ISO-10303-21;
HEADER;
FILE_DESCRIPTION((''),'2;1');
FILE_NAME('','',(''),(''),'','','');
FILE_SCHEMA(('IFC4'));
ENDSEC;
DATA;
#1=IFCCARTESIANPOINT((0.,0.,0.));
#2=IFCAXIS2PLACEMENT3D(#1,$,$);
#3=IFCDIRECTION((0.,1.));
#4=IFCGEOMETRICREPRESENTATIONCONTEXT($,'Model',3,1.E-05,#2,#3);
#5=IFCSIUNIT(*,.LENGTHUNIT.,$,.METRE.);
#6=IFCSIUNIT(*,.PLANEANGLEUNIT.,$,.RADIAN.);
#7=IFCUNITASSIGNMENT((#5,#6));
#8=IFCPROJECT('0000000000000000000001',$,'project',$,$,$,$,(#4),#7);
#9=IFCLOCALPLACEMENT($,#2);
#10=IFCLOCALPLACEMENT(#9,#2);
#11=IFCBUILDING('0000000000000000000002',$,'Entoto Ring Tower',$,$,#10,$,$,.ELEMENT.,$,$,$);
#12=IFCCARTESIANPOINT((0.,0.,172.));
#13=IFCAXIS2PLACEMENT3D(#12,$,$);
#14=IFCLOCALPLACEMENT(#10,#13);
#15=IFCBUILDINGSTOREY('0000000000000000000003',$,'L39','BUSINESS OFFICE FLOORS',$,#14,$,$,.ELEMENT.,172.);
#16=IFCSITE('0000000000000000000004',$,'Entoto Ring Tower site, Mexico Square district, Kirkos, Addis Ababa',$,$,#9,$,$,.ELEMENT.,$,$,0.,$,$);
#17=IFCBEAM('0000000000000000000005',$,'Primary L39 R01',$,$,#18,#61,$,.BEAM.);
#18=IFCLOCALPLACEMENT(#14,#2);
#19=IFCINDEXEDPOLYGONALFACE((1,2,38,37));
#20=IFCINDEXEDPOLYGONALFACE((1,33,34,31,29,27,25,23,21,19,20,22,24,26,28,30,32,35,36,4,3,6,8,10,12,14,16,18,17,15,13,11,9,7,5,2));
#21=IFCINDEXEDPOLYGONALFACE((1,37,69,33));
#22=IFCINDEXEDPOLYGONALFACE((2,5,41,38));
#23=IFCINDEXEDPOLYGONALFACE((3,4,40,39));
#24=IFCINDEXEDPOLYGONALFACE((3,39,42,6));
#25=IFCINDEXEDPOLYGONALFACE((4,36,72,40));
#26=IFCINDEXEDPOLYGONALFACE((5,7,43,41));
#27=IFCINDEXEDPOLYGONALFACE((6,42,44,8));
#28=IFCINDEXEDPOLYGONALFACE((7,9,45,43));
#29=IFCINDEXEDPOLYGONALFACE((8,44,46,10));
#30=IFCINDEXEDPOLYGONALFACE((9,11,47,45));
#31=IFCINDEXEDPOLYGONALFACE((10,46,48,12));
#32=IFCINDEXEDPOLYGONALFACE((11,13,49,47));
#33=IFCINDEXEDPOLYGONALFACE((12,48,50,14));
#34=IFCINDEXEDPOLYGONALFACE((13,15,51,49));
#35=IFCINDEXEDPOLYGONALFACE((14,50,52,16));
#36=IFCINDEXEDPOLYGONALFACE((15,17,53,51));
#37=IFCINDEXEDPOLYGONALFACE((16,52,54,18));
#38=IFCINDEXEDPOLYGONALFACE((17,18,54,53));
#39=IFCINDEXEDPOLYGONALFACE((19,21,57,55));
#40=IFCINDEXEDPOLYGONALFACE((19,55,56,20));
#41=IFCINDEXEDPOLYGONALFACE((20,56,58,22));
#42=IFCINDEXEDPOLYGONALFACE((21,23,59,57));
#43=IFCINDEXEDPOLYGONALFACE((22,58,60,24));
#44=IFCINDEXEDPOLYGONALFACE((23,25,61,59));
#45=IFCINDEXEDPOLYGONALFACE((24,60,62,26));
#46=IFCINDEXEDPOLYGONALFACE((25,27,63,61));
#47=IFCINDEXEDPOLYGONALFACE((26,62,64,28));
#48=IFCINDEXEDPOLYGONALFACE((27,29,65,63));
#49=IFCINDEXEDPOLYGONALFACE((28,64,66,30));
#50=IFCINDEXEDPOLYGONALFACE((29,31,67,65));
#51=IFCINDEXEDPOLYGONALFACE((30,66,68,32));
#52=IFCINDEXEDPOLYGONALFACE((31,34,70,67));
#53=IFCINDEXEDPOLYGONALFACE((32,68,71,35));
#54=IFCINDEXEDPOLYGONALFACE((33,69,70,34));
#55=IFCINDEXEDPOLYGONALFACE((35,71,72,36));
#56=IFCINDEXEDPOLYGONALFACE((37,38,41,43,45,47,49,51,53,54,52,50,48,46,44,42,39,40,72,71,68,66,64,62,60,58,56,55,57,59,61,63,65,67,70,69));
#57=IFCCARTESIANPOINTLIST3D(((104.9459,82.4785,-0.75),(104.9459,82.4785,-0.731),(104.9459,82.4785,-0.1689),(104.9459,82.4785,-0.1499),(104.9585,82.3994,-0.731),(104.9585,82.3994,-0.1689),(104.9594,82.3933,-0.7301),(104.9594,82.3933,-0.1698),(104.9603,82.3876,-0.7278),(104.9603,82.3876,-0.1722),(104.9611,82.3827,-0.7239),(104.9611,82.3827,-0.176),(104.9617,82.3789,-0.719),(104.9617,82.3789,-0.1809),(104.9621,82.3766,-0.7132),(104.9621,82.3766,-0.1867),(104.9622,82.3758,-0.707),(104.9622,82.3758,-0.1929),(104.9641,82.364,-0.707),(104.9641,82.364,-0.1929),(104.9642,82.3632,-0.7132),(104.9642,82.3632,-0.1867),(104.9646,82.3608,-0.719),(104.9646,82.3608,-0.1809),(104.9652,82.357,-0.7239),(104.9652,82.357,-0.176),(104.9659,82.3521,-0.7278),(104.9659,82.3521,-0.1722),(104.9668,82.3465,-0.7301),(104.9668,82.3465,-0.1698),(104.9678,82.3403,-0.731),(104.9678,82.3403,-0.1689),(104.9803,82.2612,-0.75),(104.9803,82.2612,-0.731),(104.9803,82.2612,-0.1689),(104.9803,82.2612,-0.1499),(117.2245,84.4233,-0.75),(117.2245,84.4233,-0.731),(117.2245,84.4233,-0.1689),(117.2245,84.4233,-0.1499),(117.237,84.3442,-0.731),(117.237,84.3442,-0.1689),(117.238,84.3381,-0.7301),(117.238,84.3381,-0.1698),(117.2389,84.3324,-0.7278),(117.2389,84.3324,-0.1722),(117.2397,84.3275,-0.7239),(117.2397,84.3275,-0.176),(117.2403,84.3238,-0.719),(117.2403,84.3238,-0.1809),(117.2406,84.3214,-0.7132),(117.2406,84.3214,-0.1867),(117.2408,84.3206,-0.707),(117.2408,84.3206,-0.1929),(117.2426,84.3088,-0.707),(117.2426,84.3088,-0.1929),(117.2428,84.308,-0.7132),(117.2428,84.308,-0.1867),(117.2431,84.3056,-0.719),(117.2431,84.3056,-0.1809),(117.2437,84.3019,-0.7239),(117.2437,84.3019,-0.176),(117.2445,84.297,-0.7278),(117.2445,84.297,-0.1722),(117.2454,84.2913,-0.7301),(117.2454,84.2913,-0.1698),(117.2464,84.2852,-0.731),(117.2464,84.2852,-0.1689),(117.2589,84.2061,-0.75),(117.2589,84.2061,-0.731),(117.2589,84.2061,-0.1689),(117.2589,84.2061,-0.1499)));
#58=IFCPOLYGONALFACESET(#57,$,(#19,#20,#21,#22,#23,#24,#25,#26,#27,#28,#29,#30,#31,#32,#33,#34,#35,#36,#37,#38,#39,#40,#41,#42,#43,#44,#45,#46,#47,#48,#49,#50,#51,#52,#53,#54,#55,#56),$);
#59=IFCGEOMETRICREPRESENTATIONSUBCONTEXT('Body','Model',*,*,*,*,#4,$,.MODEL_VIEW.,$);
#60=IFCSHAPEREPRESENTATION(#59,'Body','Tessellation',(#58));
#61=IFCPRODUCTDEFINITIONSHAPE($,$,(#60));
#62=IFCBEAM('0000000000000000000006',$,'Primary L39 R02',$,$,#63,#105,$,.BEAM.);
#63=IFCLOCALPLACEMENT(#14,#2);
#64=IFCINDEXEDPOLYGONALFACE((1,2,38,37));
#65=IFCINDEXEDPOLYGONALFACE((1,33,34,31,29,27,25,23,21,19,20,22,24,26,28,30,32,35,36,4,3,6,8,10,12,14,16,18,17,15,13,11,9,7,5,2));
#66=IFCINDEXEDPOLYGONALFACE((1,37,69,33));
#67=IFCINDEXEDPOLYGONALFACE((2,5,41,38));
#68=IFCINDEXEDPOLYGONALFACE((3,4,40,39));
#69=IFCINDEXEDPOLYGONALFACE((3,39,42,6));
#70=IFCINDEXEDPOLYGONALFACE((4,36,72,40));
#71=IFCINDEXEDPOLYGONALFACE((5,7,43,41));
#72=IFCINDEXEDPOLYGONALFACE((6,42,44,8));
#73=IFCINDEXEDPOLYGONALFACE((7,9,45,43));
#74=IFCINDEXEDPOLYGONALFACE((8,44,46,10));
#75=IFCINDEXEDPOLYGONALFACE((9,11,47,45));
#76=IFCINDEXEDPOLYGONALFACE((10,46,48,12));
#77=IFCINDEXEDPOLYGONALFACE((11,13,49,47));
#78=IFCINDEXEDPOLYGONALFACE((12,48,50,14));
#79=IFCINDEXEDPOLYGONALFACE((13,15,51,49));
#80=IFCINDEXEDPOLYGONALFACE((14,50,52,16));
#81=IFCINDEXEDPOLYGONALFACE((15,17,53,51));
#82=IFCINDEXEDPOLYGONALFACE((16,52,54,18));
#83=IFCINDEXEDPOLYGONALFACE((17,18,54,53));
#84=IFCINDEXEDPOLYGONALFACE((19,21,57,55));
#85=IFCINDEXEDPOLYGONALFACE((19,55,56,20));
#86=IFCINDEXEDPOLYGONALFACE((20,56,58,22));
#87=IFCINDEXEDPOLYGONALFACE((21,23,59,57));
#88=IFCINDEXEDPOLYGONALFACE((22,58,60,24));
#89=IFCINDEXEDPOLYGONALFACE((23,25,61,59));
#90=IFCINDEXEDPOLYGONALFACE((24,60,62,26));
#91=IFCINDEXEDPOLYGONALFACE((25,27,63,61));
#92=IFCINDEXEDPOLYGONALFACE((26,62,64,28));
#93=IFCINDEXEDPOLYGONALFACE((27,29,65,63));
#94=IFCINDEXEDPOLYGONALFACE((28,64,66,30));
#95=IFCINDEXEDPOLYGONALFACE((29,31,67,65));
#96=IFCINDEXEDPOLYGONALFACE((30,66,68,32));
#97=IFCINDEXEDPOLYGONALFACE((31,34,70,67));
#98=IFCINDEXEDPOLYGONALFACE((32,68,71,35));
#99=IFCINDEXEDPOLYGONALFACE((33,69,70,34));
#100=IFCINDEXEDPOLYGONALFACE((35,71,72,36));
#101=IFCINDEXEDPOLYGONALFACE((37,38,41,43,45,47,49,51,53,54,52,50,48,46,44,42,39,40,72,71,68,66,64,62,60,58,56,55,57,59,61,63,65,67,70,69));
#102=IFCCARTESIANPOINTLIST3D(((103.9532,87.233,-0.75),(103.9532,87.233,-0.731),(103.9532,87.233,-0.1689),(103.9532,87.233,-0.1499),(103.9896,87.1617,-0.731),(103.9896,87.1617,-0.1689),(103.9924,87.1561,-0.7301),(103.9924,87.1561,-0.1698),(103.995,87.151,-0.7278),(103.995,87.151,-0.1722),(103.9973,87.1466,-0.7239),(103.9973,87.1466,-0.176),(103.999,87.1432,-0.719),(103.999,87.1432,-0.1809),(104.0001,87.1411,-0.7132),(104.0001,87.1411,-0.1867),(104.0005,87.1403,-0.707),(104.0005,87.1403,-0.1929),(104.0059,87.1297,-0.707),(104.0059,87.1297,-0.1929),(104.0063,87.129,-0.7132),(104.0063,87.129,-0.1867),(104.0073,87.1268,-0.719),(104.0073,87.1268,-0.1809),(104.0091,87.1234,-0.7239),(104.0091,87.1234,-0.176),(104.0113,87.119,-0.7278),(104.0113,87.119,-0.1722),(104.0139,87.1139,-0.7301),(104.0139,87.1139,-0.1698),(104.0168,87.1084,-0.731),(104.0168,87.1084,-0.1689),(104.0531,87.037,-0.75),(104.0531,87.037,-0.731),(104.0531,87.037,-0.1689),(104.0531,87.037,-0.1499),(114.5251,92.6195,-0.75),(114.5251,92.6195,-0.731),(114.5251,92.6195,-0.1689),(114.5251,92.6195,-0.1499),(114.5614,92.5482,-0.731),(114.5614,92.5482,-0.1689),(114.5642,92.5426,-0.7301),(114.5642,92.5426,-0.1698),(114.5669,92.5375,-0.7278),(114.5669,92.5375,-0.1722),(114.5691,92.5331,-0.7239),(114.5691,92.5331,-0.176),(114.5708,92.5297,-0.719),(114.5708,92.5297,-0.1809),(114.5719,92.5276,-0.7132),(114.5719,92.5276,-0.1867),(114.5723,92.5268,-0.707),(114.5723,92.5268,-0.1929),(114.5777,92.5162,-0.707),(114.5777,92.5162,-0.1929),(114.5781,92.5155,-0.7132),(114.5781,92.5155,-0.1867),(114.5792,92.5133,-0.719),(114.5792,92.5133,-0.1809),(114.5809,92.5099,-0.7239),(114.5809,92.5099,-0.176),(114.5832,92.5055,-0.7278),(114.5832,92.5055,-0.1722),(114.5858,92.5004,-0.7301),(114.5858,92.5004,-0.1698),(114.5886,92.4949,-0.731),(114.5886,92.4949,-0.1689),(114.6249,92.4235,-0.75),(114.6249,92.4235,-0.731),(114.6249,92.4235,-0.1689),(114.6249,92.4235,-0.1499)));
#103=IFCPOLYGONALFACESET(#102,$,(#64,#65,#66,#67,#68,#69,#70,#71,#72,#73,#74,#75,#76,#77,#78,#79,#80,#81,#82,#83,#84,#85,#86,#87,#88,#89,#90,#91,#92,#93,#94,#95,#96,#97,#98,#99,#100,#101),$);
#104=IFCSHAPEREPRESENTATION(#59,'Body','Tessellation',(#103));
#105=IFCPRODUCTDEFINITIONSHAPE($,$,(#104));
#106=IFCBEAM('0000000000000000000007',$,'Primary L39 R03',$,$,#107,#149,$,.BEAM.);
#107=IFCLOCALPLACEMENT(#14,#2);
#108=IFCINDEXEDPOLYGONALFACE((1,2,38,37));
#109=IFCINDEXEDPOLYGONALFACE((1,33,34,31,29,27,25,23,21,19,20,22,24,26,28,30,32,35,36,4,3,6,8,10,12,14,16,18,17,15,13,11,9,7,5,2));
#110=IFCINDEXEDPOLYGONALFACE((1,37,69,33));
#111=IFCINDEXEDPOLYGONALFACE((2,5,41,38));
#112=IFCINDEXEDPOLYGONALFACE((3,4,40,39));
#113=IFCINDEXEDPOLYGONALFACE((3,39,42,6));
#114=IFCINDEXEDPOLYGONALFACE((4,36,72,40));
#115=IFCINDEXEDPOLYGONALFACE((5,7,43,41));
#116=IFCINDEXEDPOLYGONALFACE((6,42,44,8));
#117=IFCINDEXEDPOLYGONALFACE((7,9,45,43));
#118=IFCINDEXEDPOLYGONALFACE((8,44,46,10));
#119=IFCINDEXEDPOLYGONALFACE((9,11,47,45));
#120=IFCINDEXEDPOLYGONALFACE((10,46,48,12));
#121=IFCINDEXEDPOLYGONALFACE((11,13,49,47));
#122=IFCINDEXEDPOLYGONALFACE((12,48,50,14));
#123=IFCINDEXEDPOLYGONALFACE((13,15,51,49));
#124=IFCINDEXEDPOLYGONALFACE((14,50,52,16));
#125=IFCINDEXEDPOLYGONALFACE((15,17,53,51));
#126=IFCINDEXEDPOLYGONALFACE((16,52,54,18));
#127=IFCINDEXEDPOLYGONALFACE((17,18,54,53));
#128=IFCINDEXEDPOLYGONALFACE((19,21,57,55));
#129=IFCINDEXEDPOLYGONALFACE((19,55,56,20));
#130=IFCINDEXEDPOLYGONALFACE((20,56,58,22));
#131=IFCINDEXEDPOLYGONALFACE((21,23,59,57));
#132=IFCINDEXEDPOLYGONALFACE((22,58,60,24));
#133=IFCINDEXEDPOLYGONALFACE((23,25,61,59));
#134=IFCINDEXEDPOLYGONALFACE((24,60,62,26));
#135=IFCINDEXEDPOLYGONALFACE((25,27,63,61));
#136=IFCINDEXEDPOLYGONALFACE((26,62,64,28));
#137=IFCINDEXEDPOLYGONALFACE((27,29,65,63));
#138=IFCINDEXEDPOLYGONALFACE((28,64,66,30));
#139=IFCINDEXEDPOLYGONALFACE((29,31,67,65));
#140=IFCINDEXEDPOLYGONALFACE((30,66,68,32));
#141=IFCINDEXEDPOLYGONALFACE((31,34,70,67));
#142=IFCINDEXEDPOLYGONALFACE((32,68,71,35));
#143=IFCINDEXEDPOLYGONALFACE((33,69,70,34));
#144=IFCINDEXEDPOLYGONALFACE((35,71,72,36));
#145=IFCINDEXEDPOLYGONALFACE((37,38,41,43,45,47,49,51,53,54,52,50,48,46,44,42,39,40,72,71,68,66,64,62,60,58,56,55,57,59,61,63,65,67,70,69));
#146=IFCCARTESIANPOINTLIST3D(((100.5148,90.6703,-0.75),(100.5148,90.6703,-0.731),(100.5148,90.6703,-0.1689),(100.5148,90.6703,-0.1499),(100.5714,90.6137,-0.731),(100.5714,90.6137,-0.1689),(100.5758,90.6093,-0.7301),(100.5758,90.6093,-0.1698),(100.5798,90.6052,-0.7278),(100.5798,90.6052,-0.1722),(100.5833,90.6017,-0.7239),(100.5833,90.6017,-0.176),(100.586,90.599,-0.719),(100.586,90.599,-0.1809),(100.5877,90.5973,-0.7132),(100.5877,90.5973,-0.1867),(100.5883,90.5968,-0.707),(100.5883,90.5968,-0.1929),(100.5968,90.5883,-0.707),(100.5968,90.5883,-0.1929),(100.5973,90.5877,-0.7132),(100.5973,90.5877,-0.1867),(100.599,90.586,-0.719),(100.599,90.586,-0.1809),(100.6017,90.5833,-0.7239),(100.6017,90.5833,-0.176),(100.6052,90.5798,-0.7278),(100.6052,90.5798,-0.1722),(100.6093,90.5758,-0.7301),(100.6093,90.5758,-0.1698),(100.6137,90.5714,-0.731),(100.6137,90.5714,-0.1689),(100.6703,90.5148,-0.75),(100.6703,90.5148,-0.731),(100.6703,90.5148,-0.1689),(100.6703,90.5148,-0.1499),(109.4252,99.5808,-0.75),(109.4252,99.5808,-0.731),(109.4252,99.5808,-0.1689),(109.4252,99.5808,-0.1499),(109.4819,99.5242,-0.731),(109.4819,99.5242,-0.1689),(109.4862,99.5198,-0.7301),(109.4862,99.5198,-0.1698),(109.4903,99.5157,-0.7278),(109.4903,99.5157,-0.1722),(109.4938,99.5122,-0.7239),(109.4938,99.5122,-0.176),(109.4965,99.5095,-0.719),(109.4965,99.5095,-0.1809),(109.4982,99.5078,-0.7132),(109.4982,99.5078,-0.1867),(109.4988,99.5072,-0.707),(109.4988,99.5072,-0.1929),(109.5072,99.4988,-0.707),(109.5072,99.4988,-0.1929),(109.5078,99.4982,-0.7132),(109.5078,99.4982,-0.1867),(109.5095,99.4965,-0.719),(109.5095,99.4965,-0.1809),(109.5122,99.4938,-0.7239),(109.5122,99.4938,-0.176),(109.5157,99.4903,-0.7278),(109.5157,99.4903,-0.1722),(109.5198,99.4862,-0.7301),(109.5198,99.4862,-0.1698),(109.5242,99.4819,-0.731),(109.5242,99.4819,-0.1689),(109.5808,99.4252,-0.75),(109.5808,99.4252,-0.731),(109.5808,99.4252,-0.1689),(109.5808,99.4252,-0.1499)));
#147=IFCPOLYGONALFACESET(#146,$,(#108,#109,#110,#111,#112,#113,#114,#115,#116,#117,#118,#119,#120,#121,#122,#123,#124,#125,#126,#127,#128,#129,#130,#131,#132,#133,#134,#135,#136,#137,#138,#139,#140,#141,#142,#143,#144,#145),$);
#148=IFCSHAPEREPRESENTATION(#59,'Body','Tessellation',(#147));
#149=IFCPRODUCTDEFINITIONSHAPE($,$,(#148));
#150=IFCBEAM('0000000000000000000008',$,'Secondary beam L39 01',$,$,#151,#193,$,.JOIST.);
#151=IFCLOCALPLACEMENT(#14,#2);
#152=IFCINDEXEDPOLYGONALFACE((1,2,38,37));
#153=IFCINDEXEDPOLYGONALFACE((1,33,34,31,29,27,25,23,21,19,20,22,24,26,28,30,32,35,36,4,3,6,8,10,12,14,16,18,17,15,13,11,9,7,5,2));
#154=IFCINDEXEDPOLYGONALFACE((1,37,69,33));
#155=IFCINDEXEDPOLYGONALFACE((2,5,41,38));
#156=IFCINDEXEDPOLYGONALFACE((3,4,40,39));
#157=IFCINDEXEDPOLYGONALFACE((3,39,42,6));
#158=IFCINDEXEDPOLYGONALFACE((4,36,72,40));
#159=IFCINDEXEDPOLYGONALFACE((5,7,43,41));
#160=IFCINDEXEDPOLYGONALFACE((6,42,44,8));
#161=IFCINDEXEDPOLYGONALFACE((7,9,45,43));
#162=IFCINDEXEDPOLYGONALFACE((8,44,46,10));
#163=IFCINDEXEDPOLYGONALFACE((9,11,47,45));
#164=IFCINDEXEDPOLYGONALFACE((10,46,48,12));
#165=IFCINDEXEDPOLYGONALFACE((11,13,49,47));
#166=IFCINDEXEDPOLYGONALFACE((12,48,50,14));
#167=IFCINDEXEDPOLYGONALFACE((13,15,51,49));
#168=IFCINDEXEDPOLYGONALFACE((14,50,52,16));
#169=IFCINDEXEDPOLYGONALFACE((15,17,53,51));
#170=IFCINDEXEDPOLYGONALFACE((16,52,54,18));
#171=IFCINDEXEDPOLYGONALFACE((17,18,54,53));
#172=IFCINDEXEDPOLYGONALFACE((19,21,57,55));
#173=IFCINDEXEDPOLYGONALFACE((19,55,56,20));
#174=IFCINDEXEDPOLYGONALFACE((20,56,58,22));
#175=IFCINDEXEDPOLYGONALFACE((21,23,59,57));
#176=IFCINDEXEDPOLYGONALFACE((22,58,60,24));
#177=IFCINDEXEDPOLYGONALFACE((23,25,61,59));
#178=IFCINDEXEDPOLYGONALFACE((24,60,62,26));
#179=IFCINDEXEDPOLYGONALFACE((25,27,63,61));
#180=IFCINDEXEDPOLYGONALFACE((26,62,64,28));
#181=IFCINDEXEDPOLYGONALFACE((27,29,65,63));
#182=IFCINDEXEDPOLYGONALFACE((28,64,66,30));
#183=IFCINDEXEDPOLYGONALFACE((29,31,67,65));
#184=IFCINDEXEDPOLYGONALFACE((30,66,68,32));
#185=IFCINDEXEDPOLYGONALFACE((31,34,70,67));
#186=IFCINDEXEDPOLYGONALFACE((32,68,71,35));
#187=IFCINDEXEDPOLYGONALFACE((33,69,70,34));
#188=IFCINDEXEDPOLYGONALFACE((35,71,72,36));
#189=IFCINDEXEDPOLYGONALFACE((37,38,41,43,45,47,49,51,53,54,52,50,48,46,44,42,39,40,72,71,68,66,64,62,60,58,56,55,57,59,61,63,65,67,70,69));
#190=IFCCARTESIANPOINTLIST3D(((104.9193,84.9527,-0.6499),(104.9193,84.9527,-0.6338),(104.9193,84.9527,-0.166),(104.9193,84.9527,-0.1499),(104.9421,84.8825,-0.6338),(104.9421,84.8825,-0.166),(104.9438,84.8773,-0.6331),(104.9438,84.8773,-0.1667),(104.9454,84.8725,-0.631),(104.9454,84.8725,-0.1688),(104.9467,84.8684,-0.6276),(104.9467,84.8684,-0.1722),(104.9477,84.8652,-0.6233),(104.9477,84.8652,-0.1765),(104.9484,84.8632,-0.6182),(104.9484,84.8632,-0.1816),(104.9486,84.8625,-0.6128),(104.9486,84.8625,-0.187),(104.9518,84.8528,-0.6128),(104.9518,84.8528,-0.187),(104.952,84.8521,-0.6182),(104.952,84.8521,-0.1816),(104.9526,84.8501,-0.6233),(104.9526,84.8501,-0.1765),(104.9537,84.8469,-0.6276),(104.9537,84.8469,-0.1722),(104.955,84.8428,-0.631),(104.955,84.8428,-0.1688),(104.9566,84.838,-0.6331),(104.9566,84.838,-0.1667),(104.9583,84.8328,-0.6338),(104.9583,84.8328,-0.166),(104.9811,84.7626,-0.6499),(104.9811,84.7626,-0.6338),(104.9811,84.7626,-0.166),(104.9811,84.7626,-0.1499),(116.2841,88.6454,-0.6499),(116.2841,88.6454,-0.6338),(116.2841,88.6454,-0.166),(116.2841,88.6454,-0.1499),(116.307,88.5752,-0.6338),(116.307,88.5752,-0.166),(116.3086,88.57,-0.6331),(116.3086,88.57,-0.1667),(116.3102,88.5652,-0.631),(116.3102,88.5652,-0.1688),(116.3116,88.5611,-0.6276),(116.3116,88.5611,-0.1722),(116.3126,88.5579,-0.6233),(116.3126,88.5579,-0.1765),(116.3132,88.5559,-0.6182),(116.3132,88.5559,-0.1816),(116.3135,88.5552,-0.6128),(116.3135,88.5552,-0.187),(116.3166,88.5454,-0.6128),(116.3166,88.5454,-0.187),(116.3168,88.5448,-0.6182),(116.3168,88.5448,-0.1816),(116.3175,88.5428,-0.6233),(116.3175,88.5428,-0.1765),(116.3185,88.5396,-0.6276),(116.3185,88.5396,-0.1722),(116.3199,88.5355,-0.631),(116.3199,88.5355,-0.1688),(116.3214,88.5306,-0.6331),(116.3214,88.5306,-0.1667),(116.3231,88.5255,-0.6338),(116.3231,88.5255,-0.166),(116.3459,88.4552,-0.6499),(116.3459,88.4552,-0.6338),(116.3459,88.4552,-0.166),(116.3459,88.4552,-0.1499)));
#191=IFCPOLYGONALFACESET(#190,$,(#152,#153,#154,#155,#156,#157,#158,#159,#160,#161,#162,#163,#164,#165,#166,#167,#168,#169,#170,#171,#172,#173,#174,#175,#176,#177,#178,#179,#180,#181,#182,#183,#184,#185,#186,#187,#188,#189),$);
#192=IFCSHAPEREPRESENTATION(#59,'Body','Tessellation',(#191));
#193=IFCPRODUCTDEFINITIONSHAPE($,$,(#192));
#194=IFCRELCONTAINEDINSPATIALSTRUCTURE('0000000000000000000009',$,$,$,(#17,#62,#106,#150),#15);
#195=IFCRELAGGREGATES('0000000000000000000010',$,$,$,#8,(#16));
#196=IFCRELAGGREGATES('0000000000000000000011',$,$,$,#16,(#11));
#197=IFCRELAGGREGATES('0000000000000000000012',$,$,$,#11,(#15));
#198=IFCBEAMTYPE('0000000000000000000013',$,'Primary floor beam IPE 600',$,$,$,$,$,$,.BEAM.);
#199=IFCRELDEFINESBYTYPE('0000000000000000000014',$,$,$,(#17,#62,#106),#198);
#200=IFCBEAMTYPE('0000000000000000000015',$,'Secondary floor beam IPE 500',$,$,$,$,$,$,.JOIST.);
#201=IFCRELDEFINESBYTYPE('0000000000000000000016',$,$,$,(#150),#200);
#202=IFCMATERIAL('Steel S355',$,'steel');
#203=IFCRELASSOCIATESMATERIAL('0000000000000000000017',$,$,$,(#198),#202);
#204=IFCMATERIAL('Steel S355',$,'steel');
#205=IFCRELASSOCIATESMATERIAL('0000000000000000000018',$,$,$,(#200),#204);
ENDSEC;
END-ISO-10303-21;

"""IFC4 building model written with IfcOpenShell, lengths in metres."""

from ifc_helpers import new_model, si_unit, direction, frame, origin, origin_2d, place, context, subcontext, project, spatial, i_section, extrude, material, material_profile, profile_set, type_object, element, save


model = new_model("IFC4")

# Units and contexts
model_context = context("Model", 3, precision=1e-05, world=origin(), true_north=direction((0.0, 1.0)))
body_context = subcontext(model_context, "Body", "Model", "MODEL_VIEW")
ifc_project = project(units=[si_unit("LENGTHUNIT", "METRE"), si_unit("PLANEANGLEUNIT", "RADIAN")], contexts=[model_context])

# Site, building, storey
site_placement = place(None, origin())
site = spatial("IfcSite", under=ifc_project, at=site_placement, Name="Entoto Ring Tower site, Mexico Square district, Kirkos, Addis Ababa", CompositionType="ELEMENT", RefElevation=0.0)
building_placement = place(site_placement, origin())
building = spatial("IfcBuilding", under=site, at=building_placement, Name="Entoto Ring Tower", CompositionType="ELEMENT")
storey_placement = place(building_placement, frame((0.0, 0.0, 172.0)))
storey = spatial("IfcBuildingStorey", under=building, at=storey_placement, Name="L39", Description="BUSINESS OFFICE FLOORS", CompositionType="ELEMENT", Elevation=172.0)

# Beams
ifc_material_1 = material(Name="Steel S355", Category="steel")
ifc_material_profile_1 = material_profile(ifc_material_1, i_section(OverallWidth=0.22, OverallDepth=0.6001, WebThickness=0.012, FlangeThickness=0.019, FilletRadius=0.0239, at=origin_2d()), Name="IPE 600")
ifc_profile_set_1 = profile_set([ifc_material_profile_1], Name="Steel S355")
beam_type_1 = type_object("IfcBeamType", Name="Primary floor beam IPE 600", PredefinedType="BEAM", material=ifc_profile_set_1)
beam_1_placement = place(storey_placement, frame((104.9631, 82.3699, -0.45), z_axis=(0.987687, 0.156442, 0.0), x_axis=(-0.156442, 0.987687, 0.0)))
element("IfcBeam", 1, at=beam_1_placement, inside=storey, type_object=beam_type_1, Name="Primary L39 R01", PredefinedType="BEAM", context=body_context, shape_type="SweptSolid", body=[
    extrude(i_section(OverallWidth=0.22, OverallDepth=0.6001, WebThickness=0.012, FlangeThickness=0.019, FilletRadius=0.0239, at=origin_2d()), origin(), (0.0, 0.0, 1.0), 12.4316),
])
beam_2_placement = place(storey_placement, frame((104.0032, 87.135, -0.45), z_axis=(0.89101, 0.453983, 0.0), x_axis=(-0.453983, 0.89101, 0.0)))
element("IfcBeam", 2, at=beam_2_placement, inside=storey, type_object=beam_type_1, Name="Primary L39 R02", PredefinedType="BEAM", context=body_context, shape_type="SweptSolid", body=[
    extrude(i_section(OverallWidth=0.22, OverallDepth=0.6001, WebThickness=0.012, FlangeThickness=0.019, FilletRadius=0.0239, at=origin_2d()), origin(), (0.0, 0.0, 1.0), 11.865),
])
beam_3_placement = place(storey_placement, frame((100.5925, 90.5925, -0.45), z_axis=(0.707107, 0.707107, 0.0), x_axis=(-0.707107, 0.707107, 0.0)))
element("IfcBeam", 3, at=beam_3_placement, inside=storey, type_object=beam_type_1, Name="Primary L39 R03", PredefinedType="BEAM", context=body_context, shape_type="SweptSolid", body=[
    extrude(i_section(OverallWidth=0.22, OverallDepth=0.6001, WebThickness=0.012, FlangeThickness=0.019, FilletRadius=0.0239, at=origin_2d()), origin(), (0.0, 0.0, 1.0), 12.6013),
])
ifc_material_2 = material(Name="Steel S355", Category="steel")
ifc_material_profile_2 = material_profile(ifc_material_2, i_section(OverallWidth=0.2, OverallDepth=0.5, WebThickness=0.0103, FlangeThickness=0.0161, FilletRadius=0.021, at=origin_2d()), Name="IPE 500")
ifc_profile_set_2 = profile_set([ifc_material_profile_2], Name="Steel S355")
beam_type_2 = type_object("IfcBeamType", Name="Secondary floor beam IPE 500", PredefinedType="JOIST", material=ifc_profile_set_2)
beam_4_placement = place(storey_placement, frame((104.9502, 84.8577, -0.3999), z_axis=(0.951057, 0.309017, 0.0), x_axis=(-0.309017, 0.951057, 0.0)))
element("IfcBeam", 4, at=beam_4_placement, inside=storey, type_object=beam_type_2, Name="Secondary beam L39 01", PredefinedType="JOIST", context=body_context, shape_type="SweptSolid", body=[
    extrude(i_section(OverallWidth=0.2, OverallDepth=0.5, WebThickness=0.0103, FlangeThickness=0.0161, FilletRadius=0.021, at=origin_2d()), origin(), (0.0, 0.0, 1.0), 11.9497),
])

save(model, "model.ifc")
